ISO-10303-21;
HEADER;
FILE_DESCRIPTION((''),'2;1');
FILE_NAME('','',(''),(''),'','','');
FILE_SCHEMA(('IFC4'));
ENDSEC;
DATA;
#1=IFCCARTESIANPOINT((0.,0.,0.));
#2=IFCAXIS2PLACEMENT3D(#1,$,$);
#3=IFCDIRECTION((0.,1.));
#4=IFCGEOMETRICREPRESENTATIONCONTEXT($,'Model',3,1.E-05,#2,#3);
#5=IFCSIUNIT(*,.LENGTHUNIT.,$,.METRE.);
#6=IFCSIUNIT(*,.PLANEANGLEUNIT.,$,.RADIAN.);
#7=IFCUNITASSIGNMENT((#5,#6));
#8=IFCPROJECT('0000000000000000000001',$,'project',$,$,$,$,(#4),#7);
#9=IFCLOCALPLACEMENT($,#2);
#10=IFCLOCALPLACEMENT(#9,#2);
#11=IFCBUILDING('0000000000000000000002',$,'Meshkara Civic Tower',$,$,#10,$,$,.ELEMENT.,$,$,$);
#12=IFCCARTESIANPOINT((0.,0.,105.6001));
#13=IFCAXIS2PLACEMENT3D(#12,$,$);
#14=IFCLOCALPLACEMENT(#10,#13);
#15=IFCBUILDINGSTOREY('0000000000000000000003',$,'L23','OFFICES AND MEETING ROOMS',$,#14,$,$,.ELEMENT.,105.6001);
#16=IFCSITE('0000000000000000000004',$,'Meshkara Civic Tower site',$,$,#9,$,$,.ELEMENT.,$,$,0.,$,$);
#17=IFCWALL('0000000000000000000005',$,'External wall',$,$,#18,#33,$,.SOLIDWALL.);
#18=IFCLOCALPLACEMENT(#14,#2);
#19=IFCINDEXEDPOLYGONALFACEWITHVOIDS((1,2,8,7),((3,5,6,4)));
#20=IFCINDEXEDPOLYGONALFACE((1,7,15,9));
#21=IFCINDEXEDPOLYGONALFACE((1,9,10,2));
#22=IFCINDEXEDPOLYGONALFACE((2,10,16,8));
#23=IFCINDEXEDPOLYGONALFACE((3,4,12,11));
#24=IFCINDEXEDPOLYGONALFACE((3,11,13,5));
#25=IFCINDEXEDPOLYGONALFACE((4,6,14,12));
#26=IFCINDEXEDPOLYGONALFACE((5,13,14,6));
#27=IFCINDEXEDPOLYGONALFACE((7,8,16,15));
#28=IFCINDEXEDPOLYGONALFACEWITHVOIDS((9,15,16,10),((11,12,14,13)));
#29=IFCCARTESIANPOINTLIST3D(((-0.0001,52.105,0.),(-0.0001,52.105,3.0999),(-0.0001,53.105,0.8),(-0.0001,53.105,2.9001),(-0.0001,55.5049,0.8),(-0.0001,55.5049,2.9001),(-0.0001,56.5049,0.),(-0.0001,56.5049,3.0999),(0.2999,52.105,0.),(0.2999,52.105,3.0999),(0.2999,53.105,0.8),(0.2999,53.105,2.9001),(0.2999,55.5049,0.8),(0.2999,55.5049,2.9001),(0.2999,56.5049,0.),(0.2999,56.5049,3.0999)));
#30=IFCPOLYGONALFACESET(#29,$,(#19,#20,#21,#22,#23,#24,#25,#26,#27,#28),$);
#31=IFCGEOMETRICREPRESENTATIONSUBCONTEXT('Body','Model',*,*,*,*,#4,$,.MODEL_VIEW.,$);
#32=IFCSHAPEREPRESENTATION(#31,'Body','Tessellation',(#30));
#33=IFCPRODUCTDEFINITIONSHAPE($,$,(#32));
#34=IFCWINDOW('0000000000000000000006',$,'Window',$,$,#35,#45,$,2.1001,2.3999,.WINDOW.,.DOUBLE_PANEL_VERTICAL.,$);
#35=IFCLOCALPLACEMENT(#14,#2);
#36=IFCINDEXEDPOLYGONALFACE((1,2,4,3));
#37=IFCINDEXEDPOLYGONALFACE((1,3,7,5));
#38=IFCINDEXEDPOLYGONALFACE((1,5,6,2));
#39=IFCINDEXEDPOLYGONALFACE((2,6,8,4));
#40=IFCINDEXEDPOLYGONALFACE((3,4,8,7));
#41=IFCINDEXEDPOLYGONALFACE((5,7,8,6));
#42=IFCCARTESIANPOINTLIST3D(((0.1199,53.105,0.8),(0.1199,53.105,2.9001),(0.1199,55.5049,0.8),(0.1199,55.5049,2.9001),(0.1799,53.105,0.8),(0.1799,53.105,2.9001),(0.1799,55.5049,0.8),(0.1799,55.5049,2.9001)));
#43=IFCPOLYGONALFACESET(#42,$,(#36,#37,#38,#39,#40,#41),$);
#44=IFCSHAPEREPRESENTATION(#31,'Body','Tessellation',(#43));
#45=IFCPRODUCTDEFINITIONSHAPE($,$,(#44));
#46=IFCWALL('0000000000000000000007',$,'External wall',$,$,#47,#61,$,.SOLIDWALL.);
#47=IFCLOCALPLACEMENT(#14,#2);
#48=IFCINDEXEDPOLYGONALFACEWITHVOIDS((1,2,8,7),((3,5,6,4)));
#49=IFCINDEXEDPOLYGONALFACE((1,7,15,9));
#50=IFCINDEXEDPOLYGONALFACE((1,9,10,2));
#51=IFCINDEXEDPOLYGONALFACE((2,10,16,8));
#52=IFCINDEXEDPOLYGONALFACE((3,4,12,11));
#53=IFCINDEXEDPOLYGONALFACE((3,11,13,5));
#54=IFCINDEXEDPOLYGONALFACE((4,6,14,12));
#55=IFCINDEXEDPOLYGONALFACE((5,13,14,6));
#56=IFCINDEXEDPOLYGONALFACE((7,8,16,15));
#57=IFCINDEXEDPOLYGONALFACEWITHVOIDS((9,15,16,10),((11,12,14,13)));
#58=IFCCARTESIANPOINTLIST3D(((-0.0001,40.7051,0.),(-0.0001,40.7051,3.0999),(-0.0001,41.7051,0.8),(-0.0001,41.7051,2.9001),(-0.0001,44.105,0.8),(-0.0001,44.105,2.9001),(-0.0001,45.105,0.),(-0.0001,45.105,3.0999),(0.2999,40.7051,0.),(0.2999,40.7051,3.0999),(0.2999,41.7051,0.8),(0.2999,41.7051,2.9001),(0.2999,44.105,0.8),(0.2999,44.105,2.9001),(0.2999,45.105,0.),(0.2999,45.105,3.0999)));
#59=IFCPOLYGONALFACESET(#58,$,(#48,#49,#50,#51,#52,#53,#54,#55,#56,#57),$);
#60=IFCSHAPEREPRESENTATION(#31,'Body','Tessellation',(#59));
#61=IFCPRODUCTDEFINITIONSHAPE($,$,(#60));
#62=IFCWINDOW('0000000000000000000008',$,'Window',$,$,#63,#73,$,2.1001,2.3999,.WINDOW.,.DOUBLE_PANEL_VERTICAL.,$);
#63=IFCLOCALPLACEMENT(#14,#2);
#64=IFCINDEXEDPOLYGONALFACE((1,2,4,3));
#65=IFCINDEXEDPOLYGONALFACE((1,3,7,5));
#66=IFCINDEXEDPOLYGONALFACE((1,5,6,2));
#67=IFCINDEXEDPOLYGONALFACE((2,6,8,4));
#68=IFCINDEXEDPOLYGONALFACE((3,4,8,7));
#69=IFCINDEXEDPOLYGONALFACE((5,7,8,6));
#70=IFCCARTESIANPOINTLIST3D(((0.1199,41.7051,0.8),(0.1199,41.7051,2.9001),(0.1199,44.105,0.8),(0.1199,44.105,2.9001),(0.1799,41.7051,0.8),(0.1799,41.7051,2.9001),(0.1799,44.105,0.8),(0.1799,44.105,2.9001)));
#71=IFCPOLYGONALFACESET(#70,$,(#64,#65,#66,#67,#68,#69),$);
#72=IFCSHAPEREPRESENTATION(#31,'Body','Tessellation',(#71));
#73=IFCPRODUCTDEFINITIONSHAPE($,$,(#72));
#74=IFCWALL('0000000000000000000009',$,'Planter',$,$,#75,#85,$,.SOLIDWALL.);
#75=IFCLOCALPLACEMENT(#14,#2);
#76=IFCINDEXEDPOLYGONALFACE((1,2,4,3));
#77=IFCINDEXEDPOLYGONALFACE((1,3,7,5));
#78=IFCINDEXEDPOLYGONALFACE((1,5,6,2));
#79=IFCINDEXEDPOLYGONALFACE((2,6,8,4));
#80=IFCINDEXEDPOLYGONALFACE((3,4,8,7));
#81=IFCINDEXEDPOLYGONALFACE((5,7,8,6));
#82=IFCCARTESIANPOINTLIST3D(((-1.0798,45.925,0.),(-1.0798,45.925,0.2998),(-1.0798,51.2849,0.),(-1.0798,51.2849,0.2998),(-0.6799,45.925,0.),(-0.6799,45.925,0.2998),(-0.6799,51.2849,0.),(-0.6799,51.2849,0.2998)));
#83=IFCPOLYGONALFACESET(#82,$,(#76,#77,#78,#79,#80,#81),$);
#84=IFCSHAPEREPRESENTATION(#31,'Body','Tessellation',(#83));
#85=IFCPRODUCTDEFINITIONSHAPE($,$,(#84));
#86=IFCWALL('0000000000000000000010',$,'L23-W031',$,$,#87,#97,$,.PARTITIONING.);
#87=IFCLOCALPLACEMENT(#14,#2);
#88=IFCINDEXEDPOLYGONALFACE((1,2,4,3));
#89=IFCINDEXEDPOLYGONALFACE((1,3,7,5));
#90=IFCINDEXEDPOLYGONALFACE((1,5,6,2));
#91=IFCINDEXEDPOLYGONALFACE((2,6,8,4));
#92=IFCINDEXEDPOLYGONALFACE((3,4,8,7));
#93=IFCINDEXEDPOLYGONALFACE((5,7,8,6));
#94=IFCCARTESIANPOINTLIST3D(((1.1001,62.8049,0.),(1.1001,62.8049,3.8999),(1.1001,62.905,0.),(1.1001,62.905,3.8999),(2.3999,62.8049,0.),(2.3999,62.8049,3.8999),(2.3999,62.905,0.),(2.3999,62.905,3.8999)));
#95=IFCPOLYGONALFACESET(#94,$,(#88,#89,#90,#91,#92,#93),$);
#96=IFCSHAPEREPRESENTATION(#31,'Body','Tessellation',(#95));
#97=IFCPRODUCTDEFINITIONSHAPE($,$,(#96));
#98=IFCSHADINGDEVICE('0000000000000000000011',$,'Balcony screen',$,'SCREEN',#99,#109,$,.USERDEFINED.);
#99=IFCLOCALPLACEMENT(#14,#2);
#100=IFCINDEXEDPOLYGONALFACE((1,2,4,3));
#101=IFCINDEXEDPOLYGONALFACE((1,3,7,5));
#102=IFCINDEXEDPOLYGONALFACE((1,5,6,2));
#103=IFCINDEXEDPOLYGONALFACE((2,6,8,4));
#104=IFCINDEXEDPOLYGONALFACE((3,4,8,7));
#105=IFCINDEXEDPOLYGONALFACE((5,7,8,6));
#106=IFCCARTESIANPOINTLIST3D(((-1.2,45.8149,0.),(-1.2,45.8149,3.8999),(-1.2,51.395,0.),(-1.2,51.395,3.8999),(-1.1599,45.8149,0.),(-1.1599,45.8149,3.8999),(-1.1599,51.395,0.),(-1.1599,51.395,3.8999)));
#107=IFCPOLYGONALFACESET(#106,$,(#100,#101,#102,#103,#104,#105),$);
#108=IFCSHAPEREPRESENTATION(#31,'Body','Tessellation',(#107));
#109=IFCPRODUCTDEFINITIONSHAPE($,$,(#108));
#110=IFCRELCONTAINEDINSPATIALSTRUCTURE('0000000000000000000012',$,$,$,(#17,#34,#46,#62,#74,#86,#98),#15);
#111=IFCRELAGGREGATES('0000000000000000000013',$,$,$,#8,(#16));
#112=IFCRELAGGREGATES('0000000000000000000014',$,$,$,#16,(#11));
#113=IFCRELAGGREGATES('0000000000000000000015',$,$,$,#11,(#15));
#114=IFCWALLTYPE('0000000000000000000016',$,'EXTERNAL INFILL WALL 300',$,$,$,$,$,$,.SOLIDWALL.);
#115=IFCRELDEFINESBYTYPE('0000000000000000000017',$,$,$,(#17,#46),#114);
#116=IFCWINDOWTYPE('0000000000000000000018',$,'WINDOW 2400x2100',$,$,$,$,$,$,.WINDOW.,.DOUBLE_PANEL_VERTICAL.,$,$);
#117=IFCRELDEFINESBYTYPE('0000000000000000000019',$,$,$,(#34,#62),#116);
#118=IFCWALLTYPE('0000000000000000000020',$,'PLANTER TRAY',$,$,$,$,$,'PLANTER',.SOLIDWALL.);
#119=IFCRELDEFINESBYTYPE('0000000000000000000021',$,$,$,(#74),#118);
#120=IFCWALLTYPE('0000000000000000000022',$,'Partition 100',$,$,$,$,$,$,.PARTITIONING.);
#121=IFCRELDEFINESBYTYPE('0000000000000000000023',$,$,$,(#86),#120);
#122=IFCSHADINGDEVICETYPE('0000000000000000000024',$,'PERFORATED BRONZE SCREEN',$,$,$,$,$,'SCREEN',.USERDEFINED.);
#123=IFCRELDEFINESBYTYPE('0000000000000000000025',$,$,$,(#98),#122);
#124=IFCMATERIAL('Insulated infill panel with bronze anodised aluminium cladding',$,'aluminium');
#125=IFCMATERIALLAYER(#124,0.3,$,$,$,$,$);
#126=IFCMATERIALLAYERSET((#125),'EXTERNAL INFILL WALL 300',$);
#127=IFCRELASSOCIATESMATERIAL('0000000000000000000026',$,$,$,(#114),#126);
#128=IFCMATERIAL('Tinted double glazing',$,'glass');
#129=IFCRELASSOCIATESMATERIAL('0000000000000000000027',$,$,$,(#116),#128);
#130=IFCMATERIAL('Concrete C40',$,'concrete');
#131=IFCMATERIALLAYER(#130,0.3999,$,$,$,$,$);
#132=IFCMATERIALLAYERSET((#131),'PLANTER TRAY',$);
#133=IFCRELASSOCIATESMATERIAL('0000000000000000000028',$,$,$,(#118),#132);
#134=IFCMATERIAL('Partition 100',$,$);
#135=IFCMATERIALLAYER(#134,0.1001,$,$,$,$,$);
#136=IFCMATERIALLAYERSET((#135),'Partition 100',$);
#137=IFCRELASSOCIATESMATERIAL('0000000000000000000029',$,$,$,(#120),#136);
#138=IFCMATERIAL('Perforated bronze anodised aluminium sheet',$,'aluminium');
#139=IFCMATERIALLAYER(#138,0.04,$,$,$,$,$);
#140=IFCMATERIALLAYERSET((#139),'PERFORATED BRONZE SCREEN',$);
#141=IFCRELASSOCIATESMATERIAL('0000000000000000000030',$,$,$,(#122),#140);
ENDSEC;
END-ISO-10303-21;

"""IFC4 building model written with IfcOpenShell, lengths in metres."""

from ifc_helpers import new_model, si_unit, direction, frame, frame_2d, origin, origin_2d, place, context, subcontext, project, spatial, rectangle, extrude, material, layer, layer_set, type_object, element, fill, save


model = new_model("IFC4")

# Units and contexts
model_context = context("Model", 3, precision=1e-05, world=origin(), true_north=direction((0.0, 1.0)))
body_context = subcontext(model_context, "Body", "Model", "MODEL_VIEW")
ifc_project = project(units=[si_unit("LENGTHUNIT", "METRE"), si_unit("PLANEANGLEUNIT", "RADIAN")], contexts=[model_context])

# Site, building, storey
site_placement = place(None, origin())
site = spatial("IfcSite", under=ifc_project, at=site_placement, Name="Meshkara Civic Tower site", CompositionType="ELEMENT", RefElevation=0.0)
building_placement = place(site_placement, origin())
building = spatial("IfcBuilding", under=site, at=building_placement, Name="Meshkara Civic Tower", CompositionType="ELEMENT")
storey_placement = place(building_placement, frame((0.0, 0.0, 105.6001)))
storey = spatial("IfcBuildingStorey", under=building, at=storey_placement, Name="L23", Description="OFFICES AND MEETING ROOMS", CompositionType="ELEMENT", Elevation=105.6001)

# Walls, openings, windows
ifc_material_1 = material(Name="Insulated infill panel with bronze anodised aluminium cladding", Category="aluminium")
ifc_layer_1 = layer(ifc_material_1, 0.3)
ifc_layer_set_1 = layer_set([ifc_layer_1], Name="EXTERNAL INFILL WALL 300")
wall_type_1 = type_object("IfcWallType", Name="EXTERNAL INFILL WALL 300", PredefinedType="SOLIDWALL", material=ifc_layer_set_1)
ifc_material_2 = material(Name="Tinted double glazing", Category="glass")
window_type = type_object("IfcWindowType", Name="WINDOW 2400x2100", PartitioningType="DOUBLE_PANEL_VERTICAL", PredefinedType="WINDOW", material=ifc_material_2)
wall_1_placement = place(storey_placement, frame((0.1499, 56.5049, 0.0), z_axis=(0.0, 0.0, 1.0), x_axis=(0.0, -1.0, 0.0)))
wall_1 = element("IfcWall", 1, at=wall_1_placement, inside=storey, type_object=wall_type_1, Name="External wall", PredefinedType="SOLIDWALL", context=body_context, shape_type="SweptSolid", body=[
    extrude(rectangle(XDim=4.3999, YDim=0.3, at=frame_2d((2.2, 0.0))), origin(), (0.0, 0.0, 1.0), 3.0999),
])
opening_1_placement = place(wall_1_placement, frame((1.0, 0.0, 0.8)))
opening_1 = element("IfcOpeningElement", 2, at=opening_1_placement, cuts=wall_1, PredefinedType="OPENING", context=body_context, shape_type="SweptSolid", body=[
    extrude(rectangle(XDim=2.3999, YDim=2.1001, at=frame_2d((1.2, 1.05))), frame((0.0, 0.1599, 0.0), z_axis=(0.0, -1.0, 0.0), x_axis=(1.0, 0.0, 0.0)), (0.0, 0.0, 1.0), 0.3201),
])
window_1_placement = place(opening_1_placement, origin())
window_1 = element("IfcWindow", 3, at=window_1_placement, inside=storey, type_object=window_type, Name="Window", OverallHeight=2.1001, OverallWidth=2.3999, PartitioningType="DOUBLE_PANEL_VERTICAL", PredefinedType="WINDOW", context=body_context, shape_type="SweptSolid", body=[
    extrude(rectangle(XDim=2.3999, YDim=2.1001, at=frame_2d((1.2, 1.05))), frame((0.0, 0.03, 0.0), z_axis=(0.0, -1.0, 0.0), x_axis=(1.0, 0.0, 0.0)), (0.0, 0.0, 1.0), 0.0601),
])
fill(opening_1, window_1)
wall_2_placement = place(storey_placement, frame((0.1499, 45.105, 0.0), z_axis=(0.0, 0.0, 1.0), x_axis=(0.0, -1.0, 0.0)))
wall_2 = element("IfcWall", 4, at=wall_2_placement, inside=storey, type_object=wall_type_1, Name="External wall", PredefinedType="SOLIDWALL", context=body_context, shape_type="SweptSolid", body=[
    extrude(rectangle(XDim=4.3999, YDim=0.3, at=frame_2d((2.2, 0.0))), origin(), (0.0, 0.0, 1.0), 3.0999),
])
opening_2_placement = place(wall_2_placement, frame((1.0, 0.0, 0.8)))
opening_2 = element("IfcOpeningElement", 5, at=opening_2_placement, cuts=wall_2, PredefinedType="OPENING", context=body_context, shape_type="SweptSolid", body=[
    extrude(rectangle(XDim=2.3999, YDim=2.1001, at=frame_2d((1.2, 1.05))), frame((0.0, 0.1599, 0.0), z_axis=(0.0, -1.0, 0.0), x_axis=(1.0, 0.0, 0.0)), (0.0, 0.0, 1.0), 0.3201),
])
window_2_placement = place(opening_2_placement, origin())
window_2 = element("IfcWindow", 6, at=window_2_placement, inside=storey, type_object=window_type, Name="Window", OverallHeight=2.1001, OverallWidth=2.3999, PartitioningType="DOUBLE_PANEL_VERTICAL", PredefinedType="WINDOW", context=body_context, shape_type="SweptSolid", body=[
    extrude(rectangle(XDim=2.3999, YDim=2.1001, at=frame_2d((1.2, 1.05))), frame((0.0, 0.03, 0.0), z_axis=(0.0, -1.0, 0.0), x_axis=(1.0, 0.0, 0.0)), (0.0, 0.0, 1.0), 0.0601),
])
fill(opening_2, window_2)

# Walls
ifc_material_3 = material(Name="Concrete C40", Category="concrete")
ifc_layer_2 = layer(ifc_material_3, 0.3999)
ifc_layer_set_2 = layer_set([ifc_layer_2], Name="PLANTER TRAY")
wall_type_2 = type_object("IfcWallType", Name="PLANTER TRAY", ElementType="PLANTER", PredefinedType="SOLIDWALL", material=ifc_layer_set_2)
wall_3_placement = place(storey_placement, frame((-0.8799, 51.2849, 0.0), z_axis=(0.0, 0.0, 1.0), x_axis=(0.0, -1.0, 0.0)))
element("IfcWall", 7, at=wall_3_placement, inside=storey, type_object=wall_type_2, Name="Planter", PredefinedType="SOLIDWALL", context=body_context, shape_type="SweptSolid", body=[
    extrude(rectangle(XDim=5.3599, YDim=0.3999, at=frame_2d((2.6799, 0.0))), origin(), (0.0, 0.0, 1.0), 0.2998),
])
ifc_material_4 = material(Name="Partition 100")
ifc_layer_3 = layer(ifc_material_4, 0.1001)
ifc_layer_set_3 = layer_set([ifc_layer_3], Name="Partition 100")
wall_type_3 = type_object("IfcWallType", Name="Partition 100", PredefinedType="PARTITIONING", material=ifc_layer_set_3)
wall_4_placement = place(storey_placement, frame((2.3999, 62.855, 0.0), z_axis=(0.0, 0.0, 1.0), x_axis=(-1.0, 0.0, 0.0)))
element("IfcWall", 8, at=wall_4_placement, inside=storey, type_object=wall_type_3, Name="L23-W031", PredefinedType="PARTITIONING", context=body_context, shape_type="SweptSolid", body=[
    extrude(rectangle(XDim=1.2998, YDim=0.1001, at=frame_2d((0.6499, 0.0))), origin(), (0.0, 0.0, 1.0), 3.8999),
])

# Shading device
ifc_material_5 = material(Name="Perforated bronze anodised aluminium sheet", Category="aluminium")
ifc_layer_4 = layer(ifc_material_5, 0.04)
ifc_layer_set_4 = layer_set([ifc_layer_4], Name="PERFORATED BRONZE SCREEN")
shading_device_type = type_object("IfcShadingDeviceType", Name="PERFORATED BRONZE SCREEN", ElementType="SCREEN", PredefinedType="USERDEFINED", material=ifc_layer_set_4)
shading_device_placement = place(storey_placement, frame((-1.1799, 48.605, 0.0), z_axis=(0.0, 0.0, 1.0), x_axis=(0.0, -1.0, 0.0)))
element("IfcShadingDevice", 9, at=shading_device_placement, inside=storey, type_object=shading_device_type, Name="Balcony screen", ObjectType="SCREEN", PredefinedType="USERDEFINED", context=body_context, shape_type="SweptSolid", body=[
    extrude(rectangle(XDim=5.5801, YDim=0.04, at=origin_2d()), origin(), (0.0, 0.0, 1.0), 3.8999),
])

save(model, "model.ifc")
